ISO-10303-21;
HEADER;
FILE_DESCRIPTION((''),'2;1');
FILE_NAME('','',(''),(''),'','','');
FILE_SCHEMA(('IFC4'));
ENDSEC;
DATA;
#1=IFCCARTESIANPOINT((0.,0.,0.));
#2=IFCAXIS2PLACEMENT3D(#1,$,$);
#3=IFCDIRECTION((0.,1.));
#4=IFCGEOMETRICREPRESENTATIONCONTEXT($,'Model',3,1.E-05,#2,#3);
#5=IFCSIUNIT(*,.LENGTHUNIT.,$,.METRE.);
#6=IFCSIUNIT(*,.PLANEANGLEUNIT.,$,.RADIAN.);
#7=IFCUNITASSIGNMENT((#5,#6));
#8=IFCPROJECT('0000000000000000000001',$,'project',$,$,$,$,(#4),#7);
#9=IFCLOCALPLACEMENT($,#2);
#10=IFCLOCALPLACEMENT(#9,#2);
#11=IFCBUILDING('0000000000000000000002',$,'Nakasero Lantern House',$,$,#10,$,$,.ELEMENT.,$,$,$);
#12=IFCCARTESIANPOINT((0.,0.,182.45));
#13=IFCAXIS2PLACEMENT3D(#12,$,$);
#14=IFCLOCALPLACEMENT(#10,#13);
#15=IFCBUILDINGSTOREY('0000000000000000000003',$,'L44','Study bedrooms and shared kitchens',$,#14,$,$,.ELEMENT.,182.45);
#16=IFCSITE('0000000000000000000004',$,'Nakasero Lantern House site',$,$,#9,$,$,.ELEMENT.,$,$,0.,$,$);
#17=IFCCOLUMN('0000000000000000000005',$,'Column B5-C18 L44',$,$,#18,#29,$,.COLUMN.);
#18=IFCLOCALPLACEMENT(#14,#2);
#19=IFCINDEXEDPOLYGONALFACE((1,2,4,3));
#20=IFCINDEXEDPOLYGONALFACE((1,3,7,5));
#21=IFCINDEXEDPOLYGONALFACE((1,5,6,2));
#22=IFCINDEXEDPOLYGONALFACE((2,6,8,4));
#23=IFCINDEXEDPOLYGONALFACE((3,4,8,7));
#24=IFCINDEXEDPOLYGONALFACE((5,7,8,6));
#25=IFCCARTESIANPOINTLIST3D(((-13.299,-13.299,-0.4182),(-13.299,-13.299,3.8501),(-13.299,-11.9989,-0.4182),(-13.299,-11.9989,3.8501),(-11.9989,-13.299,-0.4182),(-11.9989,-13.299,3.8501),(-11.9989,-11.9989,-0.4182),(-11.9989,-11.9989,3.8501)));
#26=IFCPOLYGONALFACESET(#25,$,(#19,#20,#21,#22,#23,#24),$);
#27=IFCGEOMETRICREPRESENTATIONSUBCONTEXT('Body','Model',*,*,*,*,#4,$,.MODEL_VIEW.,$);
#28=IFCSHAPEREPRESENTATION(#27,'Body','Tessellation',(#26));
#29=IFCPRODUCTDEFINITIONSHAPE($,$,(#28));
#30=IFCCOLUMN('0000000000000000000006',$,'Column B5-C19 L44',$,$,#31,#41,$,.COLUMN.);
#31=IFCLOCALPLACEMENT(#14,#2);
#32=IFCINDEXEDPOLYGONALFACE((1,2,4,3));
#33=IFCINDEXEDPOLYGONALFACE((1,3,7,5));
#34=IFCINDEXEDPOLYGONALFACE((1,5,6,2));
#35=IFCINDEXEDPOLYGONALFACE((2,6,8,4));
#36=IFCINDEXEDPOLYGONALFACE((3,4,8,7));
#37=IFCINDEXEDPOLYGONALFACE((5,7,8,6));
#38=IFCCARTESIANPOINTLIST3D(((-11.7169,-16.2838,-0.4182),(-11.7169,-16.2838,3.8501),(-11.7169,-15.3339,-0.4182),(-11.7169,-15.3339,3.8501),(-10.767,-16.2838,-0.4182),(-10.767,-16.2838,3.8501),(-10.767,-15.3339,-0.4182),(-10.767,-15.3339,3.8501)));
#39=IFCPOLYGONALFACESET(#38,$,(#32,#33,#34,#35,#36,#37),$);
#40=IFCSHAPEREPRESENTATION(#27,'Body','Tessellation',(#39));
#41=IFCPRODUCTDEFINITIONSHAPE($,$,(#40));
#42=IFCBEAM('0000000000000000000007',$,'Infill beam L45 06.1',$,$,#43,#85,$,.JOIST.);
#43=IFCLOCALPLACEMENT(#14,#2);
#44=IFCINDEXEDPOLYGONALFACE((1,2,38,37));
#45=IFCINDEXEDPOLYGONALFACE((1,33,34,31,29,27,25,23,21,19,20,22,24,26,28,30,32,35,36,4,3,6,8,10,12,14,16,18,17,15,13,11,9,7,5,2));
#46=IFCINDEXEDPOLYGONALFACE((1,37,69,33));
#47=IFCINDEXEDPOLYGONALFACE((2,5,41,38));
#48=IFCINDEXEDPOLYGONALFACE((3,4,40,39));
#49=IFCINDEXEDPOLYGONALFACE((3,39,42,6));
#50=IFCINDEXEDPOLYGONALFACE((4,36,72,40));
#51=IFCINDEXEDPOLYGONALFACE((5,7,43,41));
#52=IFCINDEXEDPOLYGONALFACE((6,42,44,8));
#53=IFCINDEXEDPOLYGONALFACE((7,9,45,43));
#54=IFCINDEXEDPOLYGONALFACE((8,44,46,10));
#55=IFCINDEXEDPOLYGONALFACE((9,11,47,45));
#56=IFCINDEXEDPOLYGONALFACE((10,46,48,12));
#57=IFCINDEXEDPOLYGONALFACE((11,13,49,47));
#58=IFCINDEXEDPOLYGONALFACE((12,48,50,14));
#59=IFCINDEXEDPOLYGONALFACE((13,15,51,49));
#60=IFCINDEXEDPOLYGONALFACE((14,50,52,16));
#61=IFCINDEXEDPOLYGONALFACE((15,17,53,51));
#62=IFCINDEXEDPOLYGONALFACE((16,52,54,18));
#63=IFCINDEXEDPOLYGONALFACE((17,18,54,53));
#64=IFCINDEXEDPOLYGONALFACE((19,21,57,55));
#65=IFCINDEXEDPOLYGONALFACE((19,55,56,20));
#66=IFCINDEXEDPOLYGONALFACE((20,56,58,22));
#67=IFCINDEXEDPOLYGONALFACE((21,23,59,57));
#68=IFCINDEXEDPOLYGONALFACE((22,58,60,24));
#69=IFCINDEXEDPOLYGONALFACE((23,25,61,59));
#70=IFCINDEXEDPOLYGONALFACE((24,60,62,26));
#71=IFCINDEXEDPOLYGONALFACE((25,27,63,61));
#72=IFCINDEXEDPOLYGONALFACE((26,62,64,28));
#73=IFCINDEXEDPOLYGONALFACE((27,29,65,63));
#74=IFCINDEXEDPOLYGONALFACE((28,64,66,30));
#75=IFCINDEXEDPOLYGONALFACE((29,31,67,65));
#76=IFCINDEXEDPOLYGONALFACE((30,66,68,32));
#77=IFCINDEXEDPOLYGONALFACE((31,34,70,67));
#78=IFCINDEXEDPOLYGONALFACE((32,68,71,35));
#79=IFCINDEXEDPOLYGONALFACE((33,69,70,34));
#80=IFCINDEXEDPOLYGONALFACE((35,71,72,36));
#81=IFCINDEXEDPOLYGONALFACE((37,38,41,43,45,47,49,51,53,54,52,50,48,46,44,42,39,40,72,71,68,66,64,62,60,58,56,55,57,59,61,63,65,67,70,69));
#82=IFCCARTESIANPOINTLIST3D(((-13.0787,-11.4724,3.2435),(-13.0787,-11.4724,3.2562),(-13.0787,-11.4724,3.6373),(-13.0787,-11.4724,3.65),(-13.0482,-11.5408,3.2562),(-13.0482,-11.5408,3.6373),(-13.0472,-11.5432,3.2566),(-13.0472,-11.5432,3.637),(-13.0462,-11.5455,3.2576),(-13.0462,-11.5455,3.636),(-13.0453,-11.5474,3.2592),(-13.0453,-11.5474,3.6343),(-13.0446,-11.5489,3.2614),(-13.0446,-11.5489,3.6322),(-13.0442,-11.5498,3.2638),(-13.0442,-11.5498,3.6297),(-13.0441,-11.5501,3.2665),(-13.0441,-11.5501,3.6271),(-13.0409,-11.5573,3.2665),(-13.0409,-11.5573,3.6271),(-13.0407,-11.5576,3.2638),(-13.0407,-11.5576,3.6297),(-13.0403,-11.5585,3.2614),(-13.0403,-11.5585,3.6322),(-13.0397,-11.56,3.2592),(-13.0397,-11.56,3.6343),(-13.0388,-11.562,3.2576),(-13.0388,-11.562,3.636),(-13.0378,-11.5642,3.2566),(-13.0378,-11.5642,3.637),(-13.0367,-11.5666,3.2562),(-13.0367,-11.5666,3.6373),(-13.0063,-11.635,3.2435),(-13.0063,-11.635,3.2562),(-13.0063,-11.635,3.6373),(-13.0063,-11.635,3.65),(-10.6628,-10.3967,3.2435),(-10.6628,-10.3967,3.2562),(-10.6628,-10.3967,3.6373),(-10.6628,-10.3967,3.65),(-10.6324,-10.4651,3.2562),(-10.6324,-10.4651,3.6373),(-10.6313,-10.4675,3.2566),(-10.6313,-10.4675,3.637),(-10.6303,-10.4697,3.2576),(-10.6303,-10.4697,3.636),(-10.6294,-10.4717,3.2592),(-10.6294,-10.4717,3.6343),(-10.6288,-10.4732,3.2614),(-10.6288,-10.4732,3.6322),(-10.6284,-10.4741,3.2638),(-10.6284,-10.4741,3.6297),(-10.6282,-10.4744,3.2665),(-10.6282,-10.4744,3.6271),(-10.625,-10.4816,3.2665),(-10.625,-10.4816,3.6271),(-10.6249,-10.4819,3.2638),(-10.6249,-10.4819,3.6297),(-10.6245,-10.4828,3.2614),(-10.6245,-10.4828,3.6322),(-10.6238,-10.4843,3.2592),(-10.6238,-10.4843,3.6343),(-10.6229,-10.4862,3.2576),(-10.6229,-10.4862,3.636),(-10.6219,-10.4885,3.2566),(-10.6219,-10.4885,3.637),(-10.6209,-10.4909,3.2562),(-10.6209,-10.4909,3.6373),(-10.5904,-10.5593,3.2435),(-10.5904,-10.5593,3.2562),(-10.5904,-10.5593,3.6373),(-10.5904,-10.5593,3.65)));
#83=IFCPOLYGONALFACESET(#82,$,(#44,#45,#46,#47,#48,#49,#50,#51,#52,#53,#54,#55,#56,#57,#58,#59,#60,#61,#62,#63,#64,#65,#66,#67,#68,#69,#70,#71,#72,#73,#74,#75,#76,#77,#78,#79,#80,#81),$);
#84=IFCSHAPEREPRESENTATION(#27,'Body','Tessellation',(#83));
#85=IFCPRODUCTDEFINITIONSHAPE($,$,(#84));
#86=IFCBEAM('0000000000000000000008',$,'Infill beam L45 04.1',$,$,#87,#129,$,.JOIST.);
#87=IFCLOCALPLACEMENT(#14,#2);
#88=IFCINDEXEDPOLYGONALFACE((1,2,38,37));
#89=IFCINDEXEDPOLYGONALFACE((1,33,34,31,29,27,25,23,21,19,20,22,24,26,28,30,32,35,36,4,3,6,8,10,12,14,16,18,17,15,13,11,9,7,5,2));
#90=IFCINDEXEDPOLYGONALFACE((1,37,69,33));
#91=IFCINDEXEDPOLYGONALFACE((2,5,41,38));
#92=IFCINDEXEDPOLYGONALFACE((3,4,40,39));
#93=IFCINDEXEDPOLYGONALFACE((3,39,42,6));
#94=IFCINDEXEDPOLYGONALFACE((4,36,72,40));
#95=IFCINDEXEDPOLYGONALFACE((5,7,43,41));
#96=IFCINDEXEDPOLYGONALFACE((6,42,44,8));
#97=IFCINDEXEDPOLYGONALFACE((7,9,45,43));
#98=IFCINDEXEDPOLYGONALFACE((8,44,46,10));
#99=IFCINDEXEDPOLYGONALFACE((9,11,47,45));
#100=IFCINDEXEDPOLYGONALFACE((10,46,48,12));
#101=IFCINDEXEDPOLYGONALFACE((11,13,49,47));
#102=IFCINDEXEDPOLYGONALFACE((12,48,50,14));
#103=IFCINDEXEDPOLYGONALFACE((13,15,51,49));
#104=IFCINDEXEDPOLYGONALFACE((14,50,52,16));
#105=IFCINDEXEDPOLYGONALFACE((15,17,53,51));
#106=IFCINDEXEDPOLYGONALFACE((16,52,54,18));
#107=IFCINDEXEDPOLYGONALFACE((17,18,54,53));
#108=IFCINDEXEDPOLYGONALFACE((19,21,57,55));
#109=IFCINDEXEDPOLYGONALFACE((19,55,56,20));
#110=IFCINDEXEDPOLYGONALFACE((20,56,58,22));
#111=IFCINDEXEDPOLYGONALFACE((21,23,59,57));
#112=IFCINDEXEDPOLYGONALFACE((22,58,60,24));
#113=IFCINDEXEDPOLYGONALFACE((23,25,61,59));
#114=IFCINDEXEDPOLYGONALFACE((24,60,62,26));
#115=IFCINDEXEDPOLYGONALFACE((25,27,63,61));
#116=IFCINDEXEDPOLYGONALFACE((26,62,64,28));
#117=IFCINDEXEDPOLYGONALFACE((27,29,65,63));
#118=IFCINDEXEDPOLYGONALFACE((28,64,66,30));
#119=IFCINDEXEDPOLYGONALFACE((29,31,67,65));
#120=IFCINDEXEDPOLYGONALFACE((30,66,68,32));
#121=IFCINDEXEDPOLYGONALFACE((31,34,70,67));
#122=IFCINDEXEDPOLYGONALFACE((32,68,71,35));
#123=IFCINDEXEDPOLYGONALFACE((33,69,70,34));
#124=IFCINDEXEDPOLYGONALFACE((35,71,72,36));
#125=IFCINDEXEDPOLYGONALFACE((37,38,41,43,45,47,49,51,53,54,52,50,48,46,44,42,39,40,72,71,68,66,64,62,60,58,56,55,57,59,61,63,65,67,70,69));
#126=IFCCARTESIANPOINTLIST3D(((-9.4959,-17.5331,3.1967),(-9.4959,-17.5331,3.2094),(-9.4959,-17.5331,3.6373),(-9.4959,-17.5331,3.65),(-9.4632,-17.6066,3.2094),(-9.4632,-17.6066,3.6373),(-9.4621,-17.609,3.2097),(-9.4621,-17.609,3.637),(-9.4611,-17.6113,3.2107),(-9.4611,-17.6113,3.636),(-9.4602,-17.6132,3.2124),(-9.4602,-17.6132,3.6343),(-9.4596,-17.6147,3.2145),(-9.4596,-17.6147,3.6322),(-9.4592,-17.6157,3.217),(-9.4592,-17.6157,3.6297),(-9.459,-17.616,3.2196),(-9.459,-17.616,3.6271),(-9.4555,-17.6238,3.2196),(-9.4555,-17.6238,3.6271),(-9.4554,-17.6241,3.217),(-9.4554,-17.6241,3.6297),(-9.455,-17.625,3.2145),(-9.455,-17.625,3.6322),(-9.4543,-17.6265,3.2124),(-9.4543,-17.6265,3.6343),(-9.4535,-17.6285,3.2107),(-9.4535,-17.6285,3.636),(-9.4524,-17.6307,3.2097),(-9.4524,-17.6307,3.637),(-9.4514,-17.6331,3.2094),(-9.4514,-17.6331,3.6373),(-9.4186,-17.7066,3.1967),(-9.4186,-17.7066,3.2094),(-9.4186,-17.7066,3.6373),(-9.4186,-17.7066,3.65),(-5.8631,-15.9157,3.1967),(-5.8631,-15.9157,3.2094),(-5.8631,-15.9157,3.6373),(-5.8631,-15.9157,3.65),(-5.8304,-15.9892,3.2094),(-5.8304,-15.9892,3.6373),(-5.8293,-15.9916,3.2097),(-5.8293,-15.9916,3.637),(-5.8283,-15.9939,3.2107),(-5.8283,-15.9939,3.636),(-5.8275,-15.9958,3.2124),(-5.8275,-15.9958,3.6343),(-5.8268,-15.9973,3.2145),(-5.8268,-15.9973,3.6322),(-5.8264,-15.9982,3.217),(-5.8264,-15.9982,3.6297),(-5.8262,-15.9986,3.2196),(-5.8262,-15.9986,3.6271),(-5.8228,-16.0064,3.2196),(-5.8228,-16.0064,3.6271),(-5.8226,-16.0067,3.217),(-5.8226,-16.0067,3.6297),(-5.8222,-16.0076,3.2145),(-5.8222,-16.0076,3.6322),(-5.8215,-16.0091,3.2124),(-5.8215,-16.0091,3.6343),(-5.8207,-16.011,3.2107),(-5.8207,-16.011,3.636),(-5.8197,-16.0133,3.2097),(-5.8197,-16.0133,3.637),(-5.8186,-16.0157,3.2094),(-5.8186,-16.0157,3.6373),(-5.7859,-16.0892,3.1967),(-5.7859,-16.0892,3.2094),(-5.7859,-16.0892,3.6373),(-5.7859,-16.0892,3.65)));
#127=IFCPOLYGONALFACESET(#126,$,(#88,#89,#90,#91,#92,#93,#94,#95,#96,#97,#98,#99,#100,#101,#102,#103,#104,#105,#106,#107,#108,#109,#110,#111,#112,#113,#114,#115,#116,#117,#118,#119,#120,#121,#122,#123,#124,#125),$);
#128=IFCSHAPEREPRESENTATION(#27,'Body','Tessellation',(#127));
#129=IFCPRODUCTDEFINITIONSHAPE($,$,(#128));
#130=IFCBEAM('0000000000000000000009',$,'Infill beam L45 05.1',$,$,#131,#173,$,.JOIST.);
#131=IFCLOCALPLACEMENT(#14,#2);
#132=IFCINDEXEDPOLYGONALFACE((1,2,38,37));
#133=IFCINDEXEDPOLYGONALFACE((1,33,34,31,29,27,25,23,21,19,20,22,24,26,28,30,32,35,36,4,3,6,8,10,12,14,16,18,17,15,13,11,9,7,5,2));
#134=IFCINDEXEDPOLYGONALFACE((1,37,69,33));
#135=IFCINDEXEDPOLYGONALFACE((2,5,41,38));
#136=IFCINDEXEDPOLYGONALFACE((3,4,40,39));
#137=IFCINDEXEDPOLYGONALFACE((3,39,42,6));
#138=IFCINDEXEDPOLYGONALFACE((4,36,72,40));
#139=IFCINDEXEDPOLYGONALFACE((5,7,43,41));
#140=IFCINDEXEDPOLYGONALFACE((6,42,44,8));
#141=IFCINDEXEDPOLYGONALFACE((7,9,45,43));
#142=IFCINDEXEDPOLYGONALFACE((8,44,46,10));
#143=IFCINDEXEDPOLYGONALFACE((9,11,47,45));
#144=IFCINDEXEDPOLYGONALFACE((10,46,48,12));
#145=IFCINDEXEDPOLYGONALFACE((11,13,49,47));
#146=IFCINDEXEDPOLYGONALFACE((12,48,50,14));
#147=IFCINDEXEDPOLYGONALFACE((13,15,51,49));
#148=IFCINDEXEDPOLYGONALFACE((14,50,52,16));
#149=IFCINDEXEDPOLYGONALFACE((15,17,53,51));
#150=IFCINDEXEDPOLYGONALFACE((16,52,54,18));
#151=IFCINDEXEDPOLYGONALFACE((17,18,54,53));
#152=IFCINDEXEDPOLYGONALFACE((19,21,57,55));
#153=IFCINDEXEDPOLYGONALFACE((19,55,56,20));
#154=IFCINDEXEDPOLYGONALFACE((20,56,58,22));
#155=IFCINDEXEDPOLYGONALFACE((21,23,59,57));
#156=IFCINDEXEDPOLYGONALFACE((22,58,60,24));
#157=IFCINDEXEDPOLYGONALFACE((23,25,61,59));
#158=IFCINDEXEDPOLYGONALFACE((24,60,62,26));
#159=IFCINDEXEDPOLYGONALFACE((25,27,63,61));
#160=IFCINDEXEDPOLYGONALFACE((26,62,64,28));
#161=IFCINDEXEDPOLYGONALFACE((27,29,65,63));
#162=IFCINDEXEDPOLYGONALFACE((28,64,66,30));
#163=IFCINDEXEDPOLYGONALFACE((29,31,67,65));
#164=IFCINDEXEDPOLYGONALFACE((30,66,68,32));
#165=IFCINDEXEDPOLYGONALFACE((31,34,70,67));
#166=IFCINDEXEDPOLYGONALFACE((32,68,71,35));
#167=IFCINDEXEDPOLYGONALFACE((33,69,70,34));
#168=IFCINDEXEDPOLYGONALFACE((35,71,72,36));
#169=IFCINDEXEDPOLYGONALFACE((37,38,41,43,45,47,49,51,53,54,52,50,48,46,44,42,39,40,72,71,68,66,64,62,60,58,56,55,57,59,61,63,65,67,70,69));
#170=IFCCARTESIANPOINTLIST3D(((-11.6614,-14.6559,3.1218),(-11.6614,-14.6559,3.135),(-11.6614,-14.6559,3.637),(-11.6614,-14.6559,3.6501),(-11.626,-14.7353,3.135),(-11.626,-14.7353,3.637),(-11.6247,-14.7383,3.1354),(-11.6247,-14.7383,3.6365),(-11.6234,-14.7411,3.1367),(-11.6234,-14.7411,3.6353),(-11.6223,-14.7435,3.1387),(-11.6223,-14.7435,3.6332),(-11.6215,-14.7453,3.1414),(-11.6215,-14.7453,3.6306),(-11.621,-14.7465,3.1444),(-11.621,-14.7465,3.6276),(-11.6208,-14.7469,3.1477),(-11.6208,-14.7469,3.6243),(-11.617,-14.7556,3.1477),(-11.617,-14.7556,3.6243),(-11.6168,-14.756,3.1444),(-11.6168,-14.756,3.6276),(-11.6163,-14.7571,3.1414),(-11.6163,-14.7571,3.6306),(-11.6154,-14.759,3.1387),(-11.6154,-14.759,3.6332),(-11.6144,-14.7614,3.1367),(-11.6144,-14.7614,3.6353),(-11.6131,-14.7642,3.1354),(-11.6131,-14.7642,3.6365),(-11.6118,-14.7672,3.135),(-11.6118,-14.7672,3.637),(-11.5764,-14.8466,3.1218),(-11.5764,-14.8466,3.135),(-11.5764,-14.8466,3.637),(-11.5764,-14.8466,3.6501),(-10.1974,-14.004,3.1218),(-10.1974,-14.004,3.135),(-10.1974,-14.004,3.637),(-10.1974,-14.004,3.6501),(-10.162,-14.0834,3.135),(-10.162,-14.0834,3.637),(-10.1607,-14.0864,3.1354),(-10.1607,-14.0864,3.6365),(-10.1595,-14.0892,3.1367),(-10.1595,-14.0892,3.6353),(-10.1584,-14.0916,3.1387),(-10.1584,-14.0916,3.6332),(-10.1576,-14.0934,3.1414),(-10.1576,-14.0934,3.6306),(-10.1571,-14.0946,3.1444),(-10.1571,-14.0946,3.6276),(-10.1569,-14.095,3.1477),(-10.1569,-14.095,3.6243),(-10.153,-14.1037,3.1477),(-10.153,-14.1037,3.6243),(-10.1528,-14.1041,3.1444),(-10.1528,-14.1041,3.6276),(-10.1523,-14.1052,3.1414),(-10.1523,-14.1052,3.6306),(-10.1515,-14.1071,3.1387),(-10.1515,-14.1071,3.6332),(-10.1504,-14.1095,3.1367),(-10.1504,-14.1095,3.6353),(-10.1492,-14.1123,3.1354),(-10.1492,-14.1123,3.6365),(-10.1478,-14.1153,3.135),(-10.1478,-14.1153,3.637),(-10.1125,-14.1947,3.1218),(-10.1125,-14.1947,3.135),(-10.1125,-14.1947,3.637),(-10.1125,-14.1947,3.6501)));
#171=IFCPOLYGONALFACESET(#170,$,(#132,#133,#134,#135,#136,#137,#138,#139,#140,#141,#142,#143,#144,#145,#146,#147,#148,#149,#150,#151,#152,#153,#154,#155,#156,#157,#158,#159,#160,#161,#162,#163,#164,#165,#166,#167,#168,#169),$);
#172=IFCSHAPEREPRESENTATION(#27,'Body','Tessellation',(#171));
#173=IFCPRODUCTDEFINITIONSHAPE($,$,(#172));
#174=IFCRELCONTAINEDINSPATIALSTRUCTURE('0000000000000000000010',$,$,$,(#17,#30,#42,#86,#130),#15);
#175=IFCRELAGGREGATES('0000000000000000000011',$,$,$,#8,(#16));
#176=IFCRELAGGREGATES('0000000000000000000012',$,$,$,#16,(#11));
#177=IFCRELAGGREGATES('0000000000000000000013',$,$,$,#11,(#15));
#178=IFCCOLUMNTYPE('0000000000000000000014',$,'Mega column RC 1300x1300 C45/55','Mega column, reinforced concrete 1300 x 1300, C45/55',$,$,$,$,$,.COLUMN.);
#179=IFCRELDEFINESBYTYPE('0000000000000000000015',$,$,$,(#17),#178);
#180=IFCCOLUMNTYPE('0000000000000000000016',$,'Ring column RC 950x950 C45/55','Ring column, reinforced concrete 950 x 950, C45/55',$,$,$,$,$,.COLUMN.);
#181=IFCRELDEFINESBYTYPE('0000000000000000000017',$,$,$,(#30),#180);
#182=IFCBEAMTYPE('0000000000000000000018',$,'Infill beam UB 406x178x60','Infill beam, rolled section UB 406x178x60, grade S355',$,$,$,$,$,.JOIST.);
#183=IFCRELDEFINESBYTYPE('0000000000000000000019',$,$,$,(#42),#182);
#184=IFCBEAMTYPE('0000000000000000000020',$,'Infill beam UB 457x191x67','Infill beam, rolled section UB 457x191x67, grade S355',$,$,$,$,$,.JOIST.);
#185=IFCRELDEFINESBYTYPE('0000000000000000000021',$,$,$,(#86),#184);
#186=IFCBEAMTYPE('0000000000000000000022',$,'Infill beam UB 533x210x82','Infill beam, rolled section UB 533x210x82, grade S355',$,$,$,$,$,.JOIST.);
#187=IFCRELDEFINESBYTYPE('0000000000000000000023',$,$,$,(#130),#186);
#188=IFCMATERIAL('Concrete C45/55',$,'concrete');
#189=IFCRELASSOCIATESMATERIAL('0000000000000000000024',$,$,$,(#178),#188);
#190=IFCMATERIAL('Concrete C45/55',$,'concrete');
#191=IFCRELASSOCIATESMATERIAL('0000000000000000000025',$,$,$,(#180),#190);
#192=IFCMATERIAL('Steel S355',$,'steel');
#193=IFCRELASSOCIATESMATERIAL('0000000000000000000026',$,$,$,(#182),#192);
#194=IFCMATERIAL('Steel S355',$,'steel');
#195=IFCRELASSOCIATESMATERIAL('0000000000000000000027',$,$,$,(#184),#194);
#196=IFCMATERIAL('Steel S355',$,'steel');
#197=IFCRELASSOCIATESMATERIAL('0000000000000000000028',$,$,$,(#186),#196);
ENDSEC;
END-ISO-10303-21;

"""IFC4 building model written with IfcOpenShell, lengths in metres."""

from ifc_helpers import new_model, si_unit, direction, frame, origin, origin_2d, place, context, subcontext, project, spatial, rectangle, i_section, extrude, material, material_profile, profile_set, type_object, element, save


model = new_model("IFC4")

# Units and contexts
model_context = context("Model", 3, precision=1e-05, world=origin(), true_north=direction((0.0, 1.0)))
body_context = subcontext(model_context, "Body", "Model", "MODEL_VIEW")
ifc_project = project(units=[si_unit("LENGTHUNIT", "METRE"), si_unit("PLANEANGLEUNIT", "RADIAN")], contexts=[model_context])

# Site, building, storey
site_placement = place(None, origin())
site = spatial("IfcSite", under=ifc_project, at=site_placement, Name="Nakasero Lantern House site", CompositionType="ELEMENT", RefElevation=0.0)
building_placement = place(site_placement, origin())
building = spatial("IfcBuilding", under=site, at=building_placement, Name="Nakasero Lantern House", CompositionType="ELEMENT")
storey_placement = place(building_placement, frame((0.0, 0.0, 182.45)))
storey = spatial("IfcBuildingStorey", under=building, at=storey_placement, Name="L44", Description="Study bedrooms and shared kitchens", CompositionType="ELEMENT", Elevation=182.45)

# Columns
ifc_material_1 = material(Name="Concrete C45/55", Category="concrete")
ifc_material_profile_1 = material_profile(ifc_material_1, rectangle(XDim=1.3, YDim=1.3, at=origin_2d()), Name="RC 1300x1300")
ifc_profile_set_1 = profile_set([ifc_material_profile_1], Name="Concrete C45/55")
column_type_1 = type_object("IfcColumnType", Name="Mega column RC 1300x1300 C45/55", Description="Mega column, reinforced concrete 1300 x 1300, C45/55", PredefinedType="COLUMN", material=ifc_profile_set_1)
column_1_placement = place(storey_placement, frame((-12.6489, -12.6489, -0.4182), z_axis=(0.0, 0.0, 1.0), x_axis=(1.0, 0.0, 0.0)))
element("IfcColumn", 1, at=column_1_placement, inside=storey, type_object=column_type_1, Name="Column B5-C18 L44", PredefinedType="COLUMN", context=body_context, shape_type="SweptSolid", body=[
    extrude(rectangle(XDim=1.3, YDim=1.3, at=origin_2d()), origin(), (0.0, 0.0, 1.0), 4.2683),
])
ifc_material_2 = material(Name="Concrete C45/55", Category="concrete")
ifc_material_profile_2 = material_profile(ifc_material_2, rectangle(XDim=0.95, YDim=0.95, at=origin_2d()), Name="RC 950x950")
ifc_profile_set_2 = profile_set([ifc_material_profile_2], Name="Concrete C45/55")
column_type_2 = type_object("IfcColumnType", Name="Ring column RC 950x950 C45/55", Description="Ring column, reinforced concrete 950 x 950, C45/55", PredefinedType="COLUMN", material=ifc_profile_set_2)
column_2_placement = place(storey_placement, frame((-11.2419, -15.8088, -0.4182), z_axis=(0.0, 0.0, 1.0), x_axis=(1.0, 0.0, 0.0)))
element("IfcColumn", 2, at=column_2_placement, inside=storey, type_object=column_type_2, Name="Column B5-C19 L44", PredefinedType="COLUMN", context=body_context, shape_type="SweptSolid", body=[
    extrude(rectangle(XDim=0.95, YDim=0.95, at=origin_2d()), origin(), (0.0, 0.0, 1.0), 4.2683),
])

# Beams
ifc_material_3 = material(Name="Steel S355", Category="steel")
ifc_material_profile_3 = material_profile(ifc_material_3, i_section(OverallWidth=0.178, OverallDepth=0.4065, WebThickness=0.0078, FlangeThickness=0.0127, FilletRadius=0.0103, at=origin_2d()), Name="UB 406x178x60")
ifc_profile_set_3 = profile_set([ifc_material_profile_3], Name="Steel S355")
beam_type_1 = type_object("IfcBeamType", Name="Infill beam UB 406x178x60", Description="Infill beam, rolled section UB 406x178x60, grade S355", PredefinedType="JOIST", material=ifc_profile_set_3)
beam_1_placement = place(storey_placement, frame((-13.0425, -11.5537, 3.4468), z_axis=(0.91353, 0.406772, 0.0), x_axis=(-0.406772, 0.91353, 0.0)))
element("IfcBeam", 3, at=beam_1_placement, inside=storey, type_object=beam_type_1, Name="Infill beam L45 06.1", PredefinedType="JOIST", context=body_context, shape_type="SweptSolid", body=[
    extrude(i_section(OverallWidth=0.178, OverallDepth=0.4065, WebThickness=0.0078, FlangeThickness=0.0127, FilletRadius=0.0103, at=origin_2d()), origin(), (0.0, 0.0, 1.0), 2.6445),
])
ifc_material_4 = material(Name="Steel S355", Category="steel")
ifc_material_profile_4 = material_profile(ifc_material_4, i_section(OverallWidth=0.1899, OverallDepth=0.4534, WebThickness=0.0085, FlangeThickness=0.0127, FilletRadius=0.0103, at=origin_2d()), Name="UB 457x191x67")
ifc_profile_set_4 = profile_set([ifc_material_profile_4], Name="Steel S355")
beam_type_2 = type_object("IfcBeamType", Name="Infill beam UB 457x191x67", Description="Infill beam, rolled section UB 457x191x67, grade S355", PredefinedType="JOIST", material=ifc_profile_set_4)
beam_2_placement = place(storey_placement, frame((-9.4573, -17.6199, 3.4233), z_axis=(0.913546, 0.406736, 0.0), x_axis=(-0.406736, 0.913546, 0.0)))
element("IfcBeam", 4, at=beam_2_placement, inside=storey, type_object=beam_type_2, Name="Infill beam L45 04.1", PredefinedType="JOIST", context=body_context, shape_type="SweptSolid", body=[
    extrude(i_section(OverallWidth=0.1899, OverallDepth=0.4534, WebThickness=0.0085, FlangeThickness=0.0127, FilletRadius=0.0103, at=origin_2d()), origin(), (0.0, 0.0, 1.0), 3.9766),
])
ifc_material_5 = material(Name="Steel S355", Category="steel")
ifc_material_profile_5 = material_profile(ifc_material_5, i_section(OverallWidth=0.2087, OverallDepth=0.5283, WebThickness=0.0095, FlangeThickness=0.0132, FilletRadius=0.0127, at=origin_2d()), Name="UB 533x210x82")
ifc_profile_set_5 = profile_set([ifc_material_profile_5], Name="Steel S355")
beam_type_3 = type_object("IfcBeamType", Name="Infill beam UB 533x210x82", Description="Infill beam, rolled section UB 533x210x82, grade S355", PredefinedType="JOIST", material=ifc_profile_set_5)
beam_3_placement = place(storey_placement, frame((-11.6189, -14.7512, 3.386), z_axis=(0.913522, 0.406789, 0.0), x_axis=(-0.406789, 0.913522, 0.0)))
element("IfcBeam", 5, at=beam_3_placement, inside=storey, type_object=beam_type_3, Name="Infill beam L45 05.1", PredefinedType="JOIST", context=body_context, shape_type="SweptSolid", body=[
    extrude(i_section(OverallWidth=0.2087, OverallDepth=0.5283, WebThickness=0.0095, FlangeThickness=0.0132, FilletRadius=0.0127, at=origin_2d()), origin(), (0.0, 0.0, 1.0), 1.6025),
])

save(model, "model.ifc")
